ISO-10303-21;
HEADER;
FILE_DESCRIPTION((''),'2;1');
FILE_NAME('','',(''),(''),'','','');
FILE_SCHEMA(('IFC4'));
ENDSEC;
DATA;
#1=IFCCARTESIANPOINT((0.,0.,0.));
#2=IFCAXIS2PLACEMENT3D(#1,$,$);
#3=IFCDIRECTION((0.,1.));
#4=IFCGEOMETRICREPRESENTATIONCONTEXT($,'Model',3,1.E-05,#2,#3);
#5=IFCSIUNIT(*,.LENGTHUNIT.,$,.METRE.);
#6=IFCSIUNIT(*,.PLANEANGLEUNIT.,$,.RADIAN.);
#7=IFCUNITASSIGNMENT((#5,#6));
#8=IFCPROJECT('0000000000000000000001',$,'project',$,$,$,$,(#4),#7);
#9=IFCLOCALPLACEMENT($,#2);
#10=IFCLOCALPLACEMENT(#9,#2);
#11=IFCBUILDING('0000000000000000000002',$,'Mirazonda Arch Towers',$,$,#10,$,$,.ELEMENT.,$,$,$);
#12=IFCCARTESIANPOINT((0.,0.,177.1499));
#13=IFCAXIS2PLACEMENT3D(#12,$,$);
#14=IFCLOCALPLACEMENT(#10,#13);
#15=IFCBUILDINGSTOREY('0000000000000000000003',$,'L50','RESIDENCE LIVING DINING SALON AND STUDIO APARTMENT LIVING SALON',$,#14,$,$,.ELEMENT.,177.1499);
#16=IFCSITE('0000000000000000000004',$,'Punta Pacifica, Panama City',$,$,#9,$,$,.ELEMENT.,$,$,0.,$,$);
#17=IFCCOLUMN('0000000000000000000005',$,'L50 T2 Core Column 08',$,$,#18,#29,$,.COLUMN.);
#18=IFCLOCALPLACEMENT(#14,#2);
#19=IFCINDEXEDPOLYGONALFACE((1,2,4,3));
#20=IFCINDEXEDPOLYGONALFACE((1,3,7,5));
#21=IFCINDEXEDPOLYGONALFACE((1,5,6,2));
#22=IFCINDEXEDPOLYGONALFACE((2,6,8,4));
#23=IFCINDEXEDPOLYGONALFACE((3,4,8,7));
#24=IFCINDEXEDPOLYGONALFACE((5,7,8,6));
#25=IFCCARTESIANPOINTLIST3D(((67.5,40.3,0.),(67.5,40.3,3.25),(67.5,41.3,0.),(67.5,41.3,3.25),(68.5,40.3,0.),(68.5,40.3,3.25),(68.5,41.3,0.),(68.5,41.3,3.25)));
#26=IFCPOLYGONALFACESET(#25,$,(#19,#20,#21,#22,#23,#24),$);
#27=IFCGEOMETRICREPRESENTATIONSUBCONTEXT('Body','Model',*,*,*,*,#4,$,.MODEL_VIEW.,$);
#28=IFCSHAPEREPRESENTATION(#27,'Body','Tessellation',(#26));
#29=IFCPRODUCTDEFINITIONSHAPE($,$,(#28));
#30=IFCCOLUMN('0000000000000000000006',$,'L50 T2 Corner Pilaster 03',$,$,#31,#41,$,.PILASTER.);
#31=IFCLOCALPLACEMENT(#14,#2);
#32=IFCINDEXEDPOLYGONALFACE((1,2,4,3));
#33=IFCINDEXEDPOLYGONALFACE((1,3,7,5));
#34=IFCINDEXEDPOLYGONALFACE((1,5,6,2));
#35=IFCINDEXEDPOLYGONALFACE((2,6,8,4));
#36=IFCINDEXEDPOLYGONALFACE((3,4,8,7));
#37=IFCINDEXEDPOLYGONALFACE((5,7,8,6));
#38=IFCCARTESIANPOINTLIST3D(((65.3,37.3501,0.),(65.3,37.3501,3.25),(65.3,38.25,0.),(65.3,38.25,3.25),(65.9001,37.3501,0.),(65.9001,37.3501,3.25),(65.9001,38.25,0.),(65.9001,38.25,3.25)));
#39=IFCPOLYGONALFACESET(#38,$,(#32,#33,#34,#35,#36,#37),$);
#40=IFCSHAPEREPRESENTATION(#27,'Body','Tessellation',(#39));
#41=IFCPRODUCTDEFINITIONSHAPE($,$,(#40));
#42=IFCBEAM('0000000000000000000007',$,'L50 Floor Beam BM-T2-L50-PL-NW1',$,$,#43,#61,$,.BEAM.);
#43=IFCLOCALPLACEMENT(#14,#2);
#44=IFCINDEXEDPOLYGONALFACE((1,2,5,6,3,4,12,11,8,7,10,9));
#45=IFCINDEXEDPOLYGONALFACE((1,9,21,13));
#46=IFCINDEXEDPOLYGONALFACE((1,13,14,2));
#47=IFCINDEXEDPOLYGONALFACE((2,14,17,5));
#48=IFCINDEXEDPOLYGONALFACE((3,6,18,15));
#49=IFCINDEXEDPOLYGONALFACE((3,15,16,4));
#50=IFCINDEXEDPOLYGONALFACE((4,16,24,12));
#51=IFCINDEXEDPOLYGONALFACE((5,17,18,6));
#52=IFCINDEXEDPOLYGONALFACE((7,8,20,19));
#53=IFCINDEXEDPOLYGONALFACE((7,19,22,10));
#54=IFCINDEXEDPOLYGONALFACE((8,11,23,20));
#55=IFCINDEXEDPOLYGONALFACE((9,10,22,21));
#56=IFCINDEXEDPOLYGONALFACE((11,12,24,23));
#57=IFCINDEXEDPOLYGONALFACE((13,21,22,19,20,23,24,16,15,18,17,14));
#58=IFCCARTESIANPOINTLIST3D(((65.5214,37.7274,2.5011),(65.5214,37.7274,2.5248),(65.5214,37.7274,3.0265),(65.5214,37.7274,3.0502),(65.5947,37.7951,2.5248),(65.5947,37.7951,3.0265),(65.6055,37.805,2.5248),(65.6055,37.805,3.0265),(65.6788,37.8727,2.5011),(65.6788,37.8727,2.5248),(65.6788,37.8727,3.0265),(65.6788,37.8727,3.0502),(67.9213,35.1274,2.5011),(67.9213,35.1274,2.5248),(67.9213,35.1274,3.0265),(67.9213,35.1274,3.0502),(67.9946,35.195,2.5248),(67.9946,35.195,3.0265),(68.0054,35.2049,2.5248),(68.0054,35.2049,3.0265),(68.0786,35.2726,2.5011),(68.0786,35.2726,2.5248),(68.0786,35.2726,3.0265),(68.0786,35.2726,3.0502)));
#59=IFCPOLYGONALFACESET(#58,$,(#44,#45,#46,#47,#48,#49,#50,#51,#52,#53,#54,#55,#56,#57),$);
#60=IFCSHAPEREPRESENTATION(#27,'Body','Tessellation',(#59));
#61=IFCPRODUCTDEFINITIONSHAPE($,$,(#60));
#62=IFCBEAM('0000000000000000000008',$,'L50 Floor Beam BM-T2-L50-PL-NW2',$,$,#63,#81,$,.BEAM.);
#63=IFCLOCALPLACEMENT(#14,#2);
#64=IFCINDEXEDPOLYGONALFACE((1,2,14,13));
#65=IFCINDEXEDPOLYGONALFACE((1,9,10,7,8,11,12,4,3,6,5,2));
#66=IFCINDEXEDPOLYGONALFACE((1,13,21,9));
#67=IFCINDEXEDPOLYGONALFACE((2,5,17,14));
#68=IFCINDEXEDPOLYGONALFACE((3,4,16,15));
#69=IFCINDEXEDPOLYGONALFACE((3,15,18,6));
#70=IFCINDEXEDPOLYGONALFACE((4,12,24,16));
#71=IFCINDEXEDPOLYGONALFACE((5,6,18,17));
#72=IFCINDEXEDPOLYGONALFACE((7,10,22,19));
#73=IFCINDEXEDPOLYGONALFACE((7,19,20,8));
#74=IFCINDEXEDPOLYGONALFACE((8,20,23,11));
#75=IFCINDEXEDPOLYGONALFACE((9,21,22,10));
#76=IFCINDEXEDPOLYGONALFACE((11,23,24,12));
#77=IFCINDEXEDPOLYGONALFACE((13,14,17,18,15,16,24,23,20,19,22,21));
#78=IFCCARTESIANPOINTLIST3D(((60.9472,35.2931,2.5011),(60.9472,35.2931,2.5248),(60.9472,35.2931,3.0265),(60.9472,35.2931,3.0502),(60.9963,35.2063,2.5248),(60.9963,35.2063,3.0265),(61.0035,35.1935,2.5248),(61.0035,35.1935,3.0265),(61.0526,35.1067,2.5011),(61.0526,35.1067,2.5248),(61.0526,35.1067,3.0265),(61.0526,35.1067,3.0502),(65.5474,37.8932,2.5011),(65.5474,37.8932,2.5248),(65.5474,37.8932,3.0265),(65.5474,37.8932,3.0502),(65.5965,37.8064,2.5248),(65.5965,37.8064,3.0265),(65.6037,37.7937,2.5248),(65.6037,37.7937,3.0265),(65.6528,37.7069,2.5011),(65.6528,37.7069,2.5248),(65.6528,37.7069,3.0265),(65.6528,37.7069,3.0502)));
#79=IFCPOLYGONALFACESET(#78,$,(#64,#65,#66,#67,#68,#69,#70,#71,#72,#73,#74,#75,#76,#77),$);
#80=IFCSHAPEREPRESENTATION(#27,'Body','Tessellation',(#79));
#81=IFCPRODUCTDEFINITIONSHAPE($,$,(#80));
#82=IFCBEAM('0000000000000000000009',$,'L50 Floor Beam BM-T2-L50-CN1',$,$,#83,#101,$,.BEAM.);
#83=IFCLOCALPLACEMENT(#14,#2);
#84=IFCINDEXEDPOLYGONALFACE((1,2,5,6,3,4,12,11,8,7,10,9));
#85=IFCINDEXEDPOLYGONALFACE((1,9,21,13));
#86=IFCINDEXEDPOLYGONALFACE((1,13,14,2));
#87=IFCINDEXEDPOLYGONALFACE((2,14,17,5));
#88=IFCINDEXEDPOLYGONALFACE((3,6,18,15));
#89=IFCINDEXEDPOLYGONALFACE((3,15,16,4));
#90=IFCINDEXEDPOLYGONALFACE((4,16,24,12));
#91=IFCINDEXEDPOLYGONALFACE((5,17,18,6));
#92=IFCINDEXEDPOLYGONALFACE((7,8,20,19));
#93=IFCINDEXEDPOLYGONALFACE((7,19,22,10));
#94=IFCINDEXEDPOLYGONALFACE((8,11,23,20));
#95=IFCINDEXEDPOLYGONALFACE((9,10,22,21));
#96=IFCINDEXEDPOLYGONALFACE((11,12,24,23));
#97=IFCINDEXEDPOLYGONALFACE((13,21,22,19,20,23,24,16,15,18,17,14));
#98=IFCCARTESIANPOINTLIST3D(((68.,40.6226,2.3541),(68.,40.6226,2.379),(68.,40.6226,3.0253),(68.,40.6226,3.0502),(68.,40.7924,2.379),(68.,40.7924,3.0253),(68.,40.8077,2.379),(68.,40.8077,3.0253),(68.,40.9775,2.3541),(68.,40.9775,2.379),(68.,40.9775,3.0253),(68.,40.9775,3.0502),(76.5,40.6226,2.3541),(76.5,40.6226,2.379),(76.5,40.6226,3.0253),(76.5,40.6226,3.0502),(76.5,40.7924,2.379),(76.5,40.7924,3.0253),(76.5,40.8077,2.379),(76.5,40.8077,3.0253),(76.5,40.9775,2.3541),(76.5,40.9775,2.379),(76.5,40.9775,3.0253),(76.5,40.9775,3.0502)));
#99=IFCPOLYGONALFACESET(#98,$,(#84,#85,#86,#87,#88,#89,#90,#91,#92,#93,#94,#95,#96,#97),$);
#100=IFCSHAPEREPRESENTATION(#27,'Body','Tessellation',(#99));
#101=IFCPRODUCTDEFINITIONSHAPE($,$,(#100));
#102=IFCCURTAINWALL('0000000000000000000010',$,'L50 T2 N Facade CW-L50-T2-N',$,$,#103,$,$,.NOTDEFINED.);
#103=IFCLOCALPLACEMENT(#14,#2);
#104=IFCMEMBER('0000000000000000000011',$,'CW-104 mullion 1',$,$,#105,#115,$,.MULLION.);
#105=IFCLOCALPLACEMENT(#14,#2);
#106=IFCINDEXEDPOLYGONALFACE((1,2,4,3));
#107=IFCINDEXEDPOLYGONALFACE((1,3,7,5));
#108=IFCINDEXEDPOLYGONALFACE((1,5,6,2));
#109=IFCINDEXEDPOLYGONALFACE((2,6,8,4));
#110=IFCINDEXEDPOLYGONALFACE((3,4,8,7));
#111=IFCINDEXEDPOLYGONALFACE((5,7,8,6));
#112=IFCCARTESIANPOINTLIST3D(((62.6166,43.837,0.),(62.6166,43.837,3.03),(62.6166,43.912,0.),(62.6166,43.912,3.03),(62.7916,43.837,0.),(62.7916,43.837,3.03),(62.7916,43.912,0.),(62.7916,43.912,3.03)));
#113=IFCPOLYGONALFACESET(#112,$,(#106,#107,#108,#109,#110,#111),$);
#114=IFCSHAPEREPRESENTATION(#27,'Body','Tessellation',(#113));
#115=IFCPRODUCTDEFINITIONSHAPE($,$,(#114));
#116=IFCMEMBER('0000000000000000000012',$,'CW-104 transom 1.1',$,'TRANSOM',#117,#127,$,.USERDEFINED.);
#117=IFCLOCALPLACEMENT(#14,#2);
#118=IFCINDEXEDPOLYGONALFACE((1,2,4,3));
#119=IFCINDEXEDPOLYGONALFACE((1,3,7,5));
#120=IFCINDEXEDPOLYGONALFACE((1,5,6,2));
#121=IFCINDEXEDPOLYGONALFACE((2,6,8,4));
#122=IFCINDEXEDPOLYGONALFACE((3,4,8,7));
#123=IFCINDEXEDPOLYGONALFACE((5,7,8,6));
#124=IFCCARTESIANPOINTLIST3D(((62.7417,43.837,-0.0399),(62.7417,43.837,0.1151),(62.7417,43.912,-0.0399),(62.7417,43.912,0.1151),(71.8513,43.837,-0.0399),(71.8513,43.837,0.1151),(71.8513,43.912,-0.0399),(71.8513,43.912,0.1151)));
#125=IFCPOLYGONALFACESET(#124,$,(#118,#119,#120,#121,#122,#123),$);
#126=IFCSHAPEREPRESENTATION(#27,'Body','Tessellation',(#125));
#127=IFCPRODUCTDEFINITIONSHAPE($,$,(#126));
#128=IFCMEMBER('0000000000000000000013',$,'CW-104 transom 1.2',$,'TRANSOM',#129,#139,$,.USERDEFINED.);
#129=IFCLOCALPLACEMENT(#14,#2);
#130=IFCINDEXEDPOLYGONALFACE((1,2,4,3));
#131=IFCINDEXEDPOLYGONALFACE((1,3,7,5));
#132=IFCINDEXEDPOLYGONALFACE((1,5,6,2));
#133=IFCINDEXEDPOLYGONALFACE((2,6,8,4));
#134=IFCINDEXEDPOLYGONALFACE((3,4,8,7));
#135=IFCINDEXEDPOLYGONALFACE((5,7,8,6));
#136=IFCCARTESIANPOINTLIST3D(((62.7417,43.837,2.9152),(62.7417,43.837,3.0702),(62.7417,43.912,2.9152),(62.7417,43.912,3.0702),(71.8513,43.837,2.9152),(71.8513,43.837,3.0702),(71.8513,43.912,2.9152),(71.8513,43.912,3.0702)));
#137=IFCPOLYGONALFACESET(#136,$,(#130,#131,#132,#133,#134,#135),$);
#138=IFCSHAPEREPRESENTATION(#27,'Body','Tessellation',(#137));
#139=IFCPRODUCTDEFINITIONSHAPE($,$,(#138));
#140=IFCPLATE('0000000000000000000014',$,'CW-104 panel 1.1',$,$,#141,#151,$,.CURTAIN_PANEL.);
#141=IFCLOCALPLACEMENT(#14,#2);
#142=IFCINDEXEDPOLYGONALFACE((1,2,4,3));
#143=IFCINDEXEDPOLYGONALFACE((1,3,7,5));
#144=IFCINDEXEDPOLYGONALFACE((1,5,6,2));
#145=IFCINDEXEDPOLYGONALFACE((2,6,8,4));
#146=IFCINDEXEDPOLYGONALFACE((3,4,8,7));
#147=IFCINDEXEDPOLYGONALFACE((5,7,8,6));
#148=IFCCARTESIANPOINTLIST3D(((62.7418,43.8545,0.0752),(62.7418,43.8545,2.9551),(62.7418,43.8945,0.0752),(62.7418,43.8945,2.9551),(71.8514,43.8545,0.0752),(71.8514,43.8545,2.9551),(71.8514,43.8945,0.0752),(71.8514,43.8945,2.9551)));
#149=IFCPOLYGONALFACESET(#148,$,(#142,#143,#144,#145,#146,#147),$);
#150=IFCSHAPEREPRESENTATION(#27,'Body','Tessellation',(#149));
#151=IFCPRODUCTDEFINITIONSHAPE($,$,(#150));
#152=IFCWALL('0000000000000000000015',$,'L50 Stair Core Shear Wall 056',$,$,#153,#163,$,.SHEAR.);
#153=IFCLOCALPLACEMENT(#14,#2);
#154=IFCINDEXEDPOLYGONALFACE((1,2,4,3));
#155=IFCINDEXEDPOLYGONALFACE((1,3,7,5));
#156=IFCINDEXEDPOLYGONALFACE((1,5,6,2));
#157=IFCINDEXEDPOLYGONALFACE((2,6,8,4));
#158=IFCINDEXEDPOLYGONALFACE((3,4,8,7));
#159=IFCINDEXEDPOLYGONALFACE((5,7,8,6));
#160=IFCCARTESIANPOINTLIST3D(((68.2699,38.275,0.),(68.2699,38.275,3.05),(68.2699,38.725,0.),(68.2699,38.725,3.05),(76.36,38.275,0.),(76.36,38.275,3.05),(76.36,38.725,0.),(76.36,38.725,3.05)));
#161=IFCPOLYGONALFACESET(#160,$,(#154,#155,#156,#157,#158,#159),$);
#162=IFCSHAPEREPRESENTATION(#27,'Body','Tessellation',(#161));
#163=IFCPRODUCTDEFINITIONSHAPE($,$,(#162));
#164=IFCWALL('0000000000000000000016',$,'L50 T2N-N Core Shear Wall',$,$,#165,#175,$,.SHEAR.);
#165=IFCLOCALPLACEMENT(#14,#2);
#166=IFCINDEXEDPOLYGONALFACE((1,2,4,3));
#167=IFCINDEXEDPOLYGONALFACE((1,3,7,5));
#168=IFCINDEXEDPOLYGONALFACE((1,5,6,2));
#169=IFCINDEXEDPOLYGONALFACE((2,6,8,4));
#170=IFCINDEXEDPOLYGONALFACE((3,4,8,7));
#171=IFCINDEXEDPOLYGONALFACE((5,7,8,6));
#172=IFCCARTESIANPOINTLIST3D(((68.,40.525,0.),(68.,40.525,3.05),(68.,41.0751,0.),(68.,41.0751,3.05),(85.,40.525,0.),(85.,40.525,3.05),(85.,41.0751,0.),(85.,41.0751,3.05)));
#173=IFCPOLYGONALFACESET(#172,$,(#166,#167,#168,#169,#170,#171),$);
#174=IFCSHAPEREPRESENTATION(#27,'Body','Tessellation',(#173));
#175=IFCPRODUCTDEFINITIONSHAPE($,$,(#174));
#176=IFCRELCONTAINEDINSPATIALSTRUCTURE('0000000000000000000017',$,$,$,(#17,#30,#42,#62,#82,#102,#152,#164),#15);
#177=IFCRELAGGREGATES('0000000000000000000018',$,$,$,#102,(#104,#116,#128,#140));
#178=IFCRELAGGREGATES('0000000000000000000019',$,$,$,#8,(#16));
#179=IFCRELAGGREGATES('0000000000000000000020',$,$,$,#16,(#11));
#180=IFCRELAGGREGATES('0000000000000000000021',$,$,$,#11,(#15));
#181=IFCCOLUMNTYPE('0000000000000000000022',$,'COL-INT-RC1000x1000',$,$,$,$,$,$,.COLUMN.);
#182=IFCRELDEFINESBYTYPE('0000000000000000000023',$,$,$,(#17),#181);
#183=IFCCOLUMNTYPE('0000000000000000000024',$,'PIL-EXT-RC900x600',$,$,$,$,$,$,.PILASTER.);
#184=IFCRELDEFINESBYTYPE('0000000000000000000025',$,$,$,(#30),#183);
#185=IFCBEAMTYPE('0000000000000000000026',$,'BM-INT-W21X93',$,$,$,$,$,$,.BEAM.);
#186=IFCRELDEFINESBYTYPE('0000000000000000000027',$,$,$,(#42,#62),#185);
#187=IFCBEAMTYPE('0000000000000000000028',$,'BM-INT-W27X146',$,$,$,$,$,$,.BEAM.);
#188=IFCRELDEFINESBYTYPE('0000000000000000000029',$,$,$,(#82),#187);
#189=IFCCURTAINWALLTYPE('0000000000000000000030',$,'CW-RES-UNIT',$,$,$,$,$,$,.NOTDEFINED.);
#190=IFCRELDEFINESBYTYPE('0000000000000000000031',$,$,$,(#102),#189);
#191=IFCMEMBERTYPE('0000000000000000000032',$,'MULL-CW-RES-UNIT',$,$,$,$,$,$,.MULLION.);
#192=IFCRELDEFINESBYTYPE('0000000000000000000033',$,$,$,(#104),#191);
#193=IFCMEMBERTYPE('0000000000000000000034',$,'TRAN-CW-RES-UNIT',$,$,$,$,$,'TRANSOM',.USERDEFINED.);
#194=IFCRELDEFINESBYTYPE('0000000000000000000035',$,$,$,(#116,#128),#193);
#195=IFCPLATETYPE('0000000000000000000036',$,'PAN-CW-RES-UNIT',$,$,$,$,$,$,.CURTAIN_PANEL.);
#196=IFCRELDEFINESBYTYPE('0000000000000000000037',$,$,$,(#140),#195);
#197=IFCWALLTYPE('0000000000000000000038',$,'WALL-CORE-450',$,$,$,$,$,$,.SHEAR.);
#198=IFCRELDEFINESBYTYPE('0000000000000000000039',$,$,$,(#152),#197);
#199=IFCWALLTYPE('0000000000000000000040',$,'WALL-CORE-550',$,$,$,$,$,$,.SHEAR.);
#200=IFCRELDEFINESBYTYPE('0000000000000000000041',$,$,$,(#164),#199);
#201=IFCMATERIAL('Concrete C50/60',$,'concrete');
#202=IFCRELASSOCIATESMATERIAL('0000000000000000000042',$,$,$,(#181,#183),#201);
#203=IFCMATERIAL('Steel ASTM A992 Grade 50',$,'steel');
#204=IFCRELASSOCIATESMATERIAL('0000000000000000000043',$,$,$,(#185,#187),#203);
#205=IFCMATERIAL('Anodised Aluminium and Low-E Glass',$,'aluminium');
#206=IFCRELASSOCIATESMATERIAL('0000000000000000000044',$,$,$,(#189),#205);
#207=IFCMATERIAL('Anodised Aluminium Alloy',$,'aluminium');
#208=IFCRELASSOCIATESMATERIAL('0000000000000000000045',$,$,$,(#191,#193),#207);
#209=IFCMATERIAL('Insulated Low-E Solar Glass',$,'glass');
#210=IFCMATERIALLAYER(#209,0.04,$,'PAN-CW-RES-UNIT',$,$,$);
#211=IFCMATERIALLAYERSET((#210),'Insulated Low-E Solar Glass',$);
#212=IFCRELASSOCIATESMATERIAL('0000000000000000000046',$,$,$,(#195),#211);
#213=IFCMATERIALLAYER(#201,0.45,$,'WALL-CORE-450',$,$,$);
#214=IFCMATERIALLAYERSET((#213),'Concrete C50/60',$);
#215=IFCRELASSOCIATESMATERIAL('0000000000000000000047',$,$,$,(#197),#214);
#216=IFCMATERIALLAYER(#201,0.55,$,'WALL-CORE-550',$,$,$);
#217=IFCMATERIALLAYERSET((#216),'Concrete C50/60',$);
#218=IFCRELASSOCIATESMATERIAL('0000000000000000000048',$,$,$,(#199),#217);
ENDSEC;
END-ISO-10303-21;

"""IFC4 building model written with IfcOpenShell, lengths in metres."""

from ifc_helpers import new_model, si_unit, direction, frame, frame_2d, origin, origin_2d, place, context, subcontext, project, spatial, rectangle, i_section, extrude, material, layer, layer_set, material_profile, profile_set, type_object, element, aggregate, save


model = new_model("IFC4")

# Units and contexts
model_context = context("Model", 3, precision=1e-05, world=origin(), true_north=direction((0.0, 1.0)))
body_context = subcontext(model_context, "Body", "Model", "MODEL_VIEW")
ifc_project = project(units=[si_unit("LENGTHUNIT", "METRE"), si_unit("PLANEANGLEUNIT", "RADIAN")], contexts=[model_context])

# Site, building, storey
site_placement = place(None, origin())
site = spatial("IfcSite", under=ifc_project, at=site_placement, Name="Punta Pacifica, Panama City", CompositionType="ELEMENT", RefElevation=0.0)
building_placement = place(site_placement, origin())
building = spatial("IfcBuilding", under=site, at=building_placement, Name="Mirazonda Arch Towers", CompositionType="ELEMENT")
storey_placement = place(building_placement, frame((0.0, 0.0, 177.1499)))
storey = spatial("IfcBuildingStorey", under=building, at=storey_placement, Name="L50", Description="RESIDENCE LIVING DINING SALON AND STUDIO APARTMENT LIVING SALON", CompositionType="ELEMENT", Elevation=177.1499)

# Columns
ifc_material_1 = material(Name="Concrete C50/60", Category="concrete")
ifc_material_profile_1 = material_profile(ifc_material_1, rectangle(XDim=1.0, YDim=1.0, at=origin_2d()), Name="RC1000x1000")
ifc_profile_set_1 = profile_set([ifc_material_profile_1], Name="Concrete C50/60")
column_type_1 = type_object("IfcColumnType", Name="COL-INT-RC1000x1000", PredefinedType="COLUMN", material=ifc_profile_set_1)
column_1_placement = place(storey_placement, frame((68.0, 40.8, 0.0), z_axis=(0.0, 0.0, 1.0), x_axis=(1.0, 0.0, 0.0)))
element("IfcColumn", 1, at=column_1_placement, inside=storey, type_object=column_type_1, Name="L50 T2 Core Column 08", PredefinedType="COLUMN", context=body_context, shape_type="SweptSolid", body=[
    extrude(rectangle(XDim=1.0, YDim=1.0, at=origin_2d()), origin(), (0.0, 0.0, 1.0), 3.25),
])
ifc_material_profile_2 = material_profile(ifc_material_1, rectangle(XDim=0.6001, YDim=0.8999, at=origin_2d()), Name="RC900x600")
ifc_profile_set_2 = profile_set([ifc_material_profile_2], Name="Concrete C50/60")
column_type_2 = type_object("IfcColumnType", Name="PIL-EXT-RC900x600", PredefinedType="PILASTER", material=ifc_profile_set_2)
column_2_placement = place(storey_placement, frame((65.6001, 37.8, 0.0), z_axis=(0.0, 0.0, 1.0), x_axis=(1.0, 0.0, 0.0)))
element("IfcColumn", 2, at=column_2_placement, inside=storey, type_object=column_type_2, Name="L50 T2 Corner Pilaster 03", PredefinedType="PILASTER", context=body_context, shape_type="SweptSolid", body=[
    extrude(rectangle(XDim=0.6001, YDim=0.8999, at=origin_2d()), origin(), (0.0, 0.0, 1.0), 3.25),
])

# Beams
ifc_material_2 = material(Name="Steel ASTM A992 Grade 50", Category="steel")
ifc_material_profile_3 = material_profile(ifc_material_2, i_section(OverallWidth=0.2141, OverallDepth=0.5491, WebThickness=0.0146, FlangeThickness=0.0237, at=origin_2d()), Name="W21X93")
ifc_profile_set_3 = profile_set([ifc_material_profile_3], Name="Steel ASTM A992 Grade 50")
beam_type_1 = type_object("IfcBeamType", Name="BM-INT-W21X93", PredefinedType="BEAM", material=ifc_profile_set_3)
beam_1_placement = place(storey_placement, frame((65.6001, 37.8, 2.7756), z_axis=(0.678251, -0.73483, 0.0), x_axis=(0.73483, 0.678251, 0.0)))
element("IfcBeam", 3, at=beam_1_placement, inside=storey, type_object=beam_type_1, Name="L50 Floor Beam BM-T2-L50-PL-NW1", PredefinedType="BEAM", context=body_context, shape_type="SweptSolid", body=[
    extrude(i_section(OverallWidth=0.2141, OverallDepth=0.5491, WebThickness=0.0146, FlangeThickness=0.0237, at=origin_2d()), origin(), (0.0, 0.0, 1.0), 3.5383),
])
beam_2_placement = place(storey_placement, frame((65.6001, 37.8, 2.7756), z_axis=(-0.870559, -0.492063, 0.0), x_axis=(0.492063, -0.870559, 0.0)))
element("IfcBeam", 4, at=beam_2_placement, inside=storey, type_object=beam_type_1, Name="L50 Floor Beam BM-T2-L50-PL-NW2", PredefinedType="BEAM", context=body_context, shape_type="SweptSolid", body=[
    extrude(i_section(OverallWidth=0.2141, OverallDepth=0.5491, WebThickness=0.0146, FlangeThickness=0.0237, at=origin_2d()), origin(), (0.0, 0.0, 1.0), 5.2842),
])
ifc_material_profile_4 = material_profile(ifc_material_2, i_section(OverallWidth=0.355, OverallDepth=0.696, WebThickness=0.0154, FlangeThickness=0.0249, at=origin_2d()), Name="W27X146")
ifc_profile_set_4 = profile_set([ifc_material_profile_4], Name="Steel ASTM A992 Grade 50")
beam_type_2 = type_object("IfcBeamType", Name="BM-INT-W27X146", PredefinedType="BEAM", material=ifc_profile_set_4)
beam_3_placement = place(storey_placement, frame((68.0, 40.8, 2.7021), z_axis=(1.0, 0.0, 0.0), x_axis=(0.0, 1.0, 0.0)))
element("IfcBeam", 5, at=beam_3_placement, inside=storey, type_object=beam_type_2, Name="L50 Floor Beam BM-T2-L50-CN1", PredefinedType="BEAM", context=body_context, shape_type="SweptSolid", body=[
    extrude(i_section(OverallWidth=0.355, OverallDepth=0.696, WebThickness=0.0154, FlangeThickness=0.0249, at=origin_2d()), origin(), (0.0, 0.0, 1.0), 8.5),
])

# Curtain wall, members, plate
ifc_material_3 = material(Name="Anodised Aluminium and Low-E Glass", Category="aluminium")
curtain_wall_type = type_object("IfcCurtainWallType", Name="CW-RES-UNIT", PredefinedType="NOTDEFINED", material=ifc_material_3)
curtain_wall_placement = place(storey_placement, origin())
curtain_wall = element("IfcCurtainWall", 6, at=curtain_wall_placement, inside=storey, type_object=curtain_wall_type, Name="L50 T2 N Facade CW-L50-T2-N", PredefinedType="NOTDEFINED")
ifc_material_4 = material(Name="Anodised Aluminium Alloy", Category="aluminium")
ifc_material_profile_5 = material_profile(ifc_material_4, rectangle(XDim=0.075, YDim=0.175, at=origin_2d()), Name="ALU-MULL-75x175")
ifc_profile_set_5 = profile_set([ifc_material_profile_5], Name="Anodised Aluminium Alloy")
member_type_1 = type_object("IfcMemberType", Name="MULL-CW-RES-UNIT", PredefinedType="MULLION", material=ifc_profile_set_5)
member_1_placement = place(storey_placement, frame((62.7041, 43.8745, 0.0), z_axis=(0.0, 0.0, 1.0), x_axis=(0.0, 1.0, 0.0)))
member_1 = element("IfcMember", 7, at=member_1_placement, type_object=member_type_1, Name="CW-104 mullion 1", PredefinedType="MULLION", context=body_context, shape_type="SweptSolid", body=[
    extrude(rectangle(XDim=0.075, YDim=0.175, at=origin_2d()), origin(), (0.0, 0.0, 1.0), 3.03),
])
ifc_material_profile_6 = material_profile(ifc_material_4, rectangle(XDim=0.075, YDim=0.155, at=origin_2d()), Name="ALU-TRAN-75x155")
ifc_profile_set_6 = profile_set([ifc_material_profile_6], Name="Anodised Aluminium Alloy")
member_type_2 = type_object("IfcMemberType", Name="TRAN-CW-RES-UNIT", ElementType="TRANSOM", PredefinedType="USERDEFINED", material=ifc_profile_set_6)
member_2_placement = place(storey_placement, frame((62.7417, 43.8745, 0.0376), z_axis=(1.0, 0.0, 0.0), x_axis=(0.0, 1.0, 0.0)))
member_2 = element("IfcMember", 8, at=member_2_placement, type_object=member_type_2, Name="CW-104 transom 1.1", ObjectType="TRANSOM", PredefinedType="USERDEFINED", context=body_context, shape_type="SweptSolid", body=[
    extrude(rectangle(XDim=0.075, YDim=0.155, at=origin_2d()), origin(), (0.0, 0.0, 1.0), 9.1096),
])
member_3_placement = place(storey_placement, frame((62.7417, 43.8745, 2.9927), z_axis=(1.0, 0.0, 0.0), x_axis=(0.0, 1.0, 0.0)))
member_3 = element("IfcMember", 9, at=member_3_placement, type_object=member_type_2, Name="CW-104 transom 1.2", ObjectType="TRANSOM", PredefinedType="USERDEFINED", context=body_context, shape_type="SweptSolid", body=[
    extrude(rectangle(XDim=0.075, YDim=0.155, at=origin_2d()), origin(), (0.0, 0.0, 1.0), 9.1096),
])
ifc_material_5 = material(Name="Insulated Low-E Solar Glass", Category="glass")
ifc_layer_1 = layer(ifc_material_5, 0.04, Name="PAN-CW-RES-UNIT")
ifc_layer_set_1 = layer_set([ifc_layer_1], Name="Insulated Low-E Solar Glass")
plate_type = type_object("IfcPlateType", Name="PAN-CW-RES-UNIT", PredefinedType="CURTAIN_PANEL", material=ifc_layer_set_1)
plate_placement = place(storey_placement, frame((67.2966, 43.8745, 0.0752), z_axis=(0.0, 0.0, 1.0), x_axis=(1.0, 0.0, 0.0)))
plate = element("IfcPlate", 10, at=plate_placement, type_object=plate_type, Name="CW-104 panel 1.1", PredefinedType="CURTAIN_PANEL", context=body_context, shape_type="SweptSolid", body=[
    extrude(rectangle(XDim=9.1096, YDim=0.04, at=origin_2d()), origin(), (0.0, 0.0, 1.0), 2.8799),
])
aggregate(curtain_wall, [member_1, member_2, member_3, plate])

# Walls
ifc_layer_2 = layer(ifc_material_1, 0.45, Name="WALL-CORE-450")
ifc_layer_set_2 = layer_set([ifc_layer_2], Name="Concrete C50/60")
wall_type_1 = type_object("IfcWallType", Name="WALL-CORE-450", PredefinedType="SHEAR", material=ifc_layer_set_2)
wall_1_placement = place(storey_placement, frame((68.27, 38.5, 0.0), z_axis=(0.0, 0.0, 1.0), x_axis=(1.0, 0.0, 0.0)))
element("IfcWall", 11, at=wall_1_placement, inside=storey, type_object=wall_type_1, Name="L50 Stair Core Shear Wall 056", PredefinedType="SHEAR", context=body_context, shape_type="SweptSolid", body=[
    extrude(rectangle(XDim=8.0901, YDim=0.45, at=frame_2d((4.0449, 0.0))), origin(), (0.0, 0.0, 1.0), 3.05),
])
ifc_layer_3 = layer(ifc_material_1, 0.55, Name="WALL-CORE-550")
ifc_layer_set_3 = layer_set([ifc_layer_3], Name="Concrete C50/60")
wall_type_2 = type_object("IfcWallType", Name="WALL-CORE-550", PredefinedType="SHEAR", material=ifc_layer_set_3)
wall_2_placement = place(storey_placement, frame((68.0, 40.8, 0.0), z_axis=(0.0, 0.0, 1.0), x_axis=(1.0, 0.0, 0.0)))
element("IfcWall", 12, at=wall_2_placement, inside=storey, type_object=wall_type_2, Name="L50 T2N-N Core Shear Wall", PredefinedType="SHEAR", context=body_context, shape_type="SweptSolid", body=[
    extrude(rectangle(XDim=17.0, YDim=0.55, at=frame_2d((8.5, 0.0))), origin(), (0.0, 0.0, 1.0), 3.05),
])

save(model, "model.ifc")
